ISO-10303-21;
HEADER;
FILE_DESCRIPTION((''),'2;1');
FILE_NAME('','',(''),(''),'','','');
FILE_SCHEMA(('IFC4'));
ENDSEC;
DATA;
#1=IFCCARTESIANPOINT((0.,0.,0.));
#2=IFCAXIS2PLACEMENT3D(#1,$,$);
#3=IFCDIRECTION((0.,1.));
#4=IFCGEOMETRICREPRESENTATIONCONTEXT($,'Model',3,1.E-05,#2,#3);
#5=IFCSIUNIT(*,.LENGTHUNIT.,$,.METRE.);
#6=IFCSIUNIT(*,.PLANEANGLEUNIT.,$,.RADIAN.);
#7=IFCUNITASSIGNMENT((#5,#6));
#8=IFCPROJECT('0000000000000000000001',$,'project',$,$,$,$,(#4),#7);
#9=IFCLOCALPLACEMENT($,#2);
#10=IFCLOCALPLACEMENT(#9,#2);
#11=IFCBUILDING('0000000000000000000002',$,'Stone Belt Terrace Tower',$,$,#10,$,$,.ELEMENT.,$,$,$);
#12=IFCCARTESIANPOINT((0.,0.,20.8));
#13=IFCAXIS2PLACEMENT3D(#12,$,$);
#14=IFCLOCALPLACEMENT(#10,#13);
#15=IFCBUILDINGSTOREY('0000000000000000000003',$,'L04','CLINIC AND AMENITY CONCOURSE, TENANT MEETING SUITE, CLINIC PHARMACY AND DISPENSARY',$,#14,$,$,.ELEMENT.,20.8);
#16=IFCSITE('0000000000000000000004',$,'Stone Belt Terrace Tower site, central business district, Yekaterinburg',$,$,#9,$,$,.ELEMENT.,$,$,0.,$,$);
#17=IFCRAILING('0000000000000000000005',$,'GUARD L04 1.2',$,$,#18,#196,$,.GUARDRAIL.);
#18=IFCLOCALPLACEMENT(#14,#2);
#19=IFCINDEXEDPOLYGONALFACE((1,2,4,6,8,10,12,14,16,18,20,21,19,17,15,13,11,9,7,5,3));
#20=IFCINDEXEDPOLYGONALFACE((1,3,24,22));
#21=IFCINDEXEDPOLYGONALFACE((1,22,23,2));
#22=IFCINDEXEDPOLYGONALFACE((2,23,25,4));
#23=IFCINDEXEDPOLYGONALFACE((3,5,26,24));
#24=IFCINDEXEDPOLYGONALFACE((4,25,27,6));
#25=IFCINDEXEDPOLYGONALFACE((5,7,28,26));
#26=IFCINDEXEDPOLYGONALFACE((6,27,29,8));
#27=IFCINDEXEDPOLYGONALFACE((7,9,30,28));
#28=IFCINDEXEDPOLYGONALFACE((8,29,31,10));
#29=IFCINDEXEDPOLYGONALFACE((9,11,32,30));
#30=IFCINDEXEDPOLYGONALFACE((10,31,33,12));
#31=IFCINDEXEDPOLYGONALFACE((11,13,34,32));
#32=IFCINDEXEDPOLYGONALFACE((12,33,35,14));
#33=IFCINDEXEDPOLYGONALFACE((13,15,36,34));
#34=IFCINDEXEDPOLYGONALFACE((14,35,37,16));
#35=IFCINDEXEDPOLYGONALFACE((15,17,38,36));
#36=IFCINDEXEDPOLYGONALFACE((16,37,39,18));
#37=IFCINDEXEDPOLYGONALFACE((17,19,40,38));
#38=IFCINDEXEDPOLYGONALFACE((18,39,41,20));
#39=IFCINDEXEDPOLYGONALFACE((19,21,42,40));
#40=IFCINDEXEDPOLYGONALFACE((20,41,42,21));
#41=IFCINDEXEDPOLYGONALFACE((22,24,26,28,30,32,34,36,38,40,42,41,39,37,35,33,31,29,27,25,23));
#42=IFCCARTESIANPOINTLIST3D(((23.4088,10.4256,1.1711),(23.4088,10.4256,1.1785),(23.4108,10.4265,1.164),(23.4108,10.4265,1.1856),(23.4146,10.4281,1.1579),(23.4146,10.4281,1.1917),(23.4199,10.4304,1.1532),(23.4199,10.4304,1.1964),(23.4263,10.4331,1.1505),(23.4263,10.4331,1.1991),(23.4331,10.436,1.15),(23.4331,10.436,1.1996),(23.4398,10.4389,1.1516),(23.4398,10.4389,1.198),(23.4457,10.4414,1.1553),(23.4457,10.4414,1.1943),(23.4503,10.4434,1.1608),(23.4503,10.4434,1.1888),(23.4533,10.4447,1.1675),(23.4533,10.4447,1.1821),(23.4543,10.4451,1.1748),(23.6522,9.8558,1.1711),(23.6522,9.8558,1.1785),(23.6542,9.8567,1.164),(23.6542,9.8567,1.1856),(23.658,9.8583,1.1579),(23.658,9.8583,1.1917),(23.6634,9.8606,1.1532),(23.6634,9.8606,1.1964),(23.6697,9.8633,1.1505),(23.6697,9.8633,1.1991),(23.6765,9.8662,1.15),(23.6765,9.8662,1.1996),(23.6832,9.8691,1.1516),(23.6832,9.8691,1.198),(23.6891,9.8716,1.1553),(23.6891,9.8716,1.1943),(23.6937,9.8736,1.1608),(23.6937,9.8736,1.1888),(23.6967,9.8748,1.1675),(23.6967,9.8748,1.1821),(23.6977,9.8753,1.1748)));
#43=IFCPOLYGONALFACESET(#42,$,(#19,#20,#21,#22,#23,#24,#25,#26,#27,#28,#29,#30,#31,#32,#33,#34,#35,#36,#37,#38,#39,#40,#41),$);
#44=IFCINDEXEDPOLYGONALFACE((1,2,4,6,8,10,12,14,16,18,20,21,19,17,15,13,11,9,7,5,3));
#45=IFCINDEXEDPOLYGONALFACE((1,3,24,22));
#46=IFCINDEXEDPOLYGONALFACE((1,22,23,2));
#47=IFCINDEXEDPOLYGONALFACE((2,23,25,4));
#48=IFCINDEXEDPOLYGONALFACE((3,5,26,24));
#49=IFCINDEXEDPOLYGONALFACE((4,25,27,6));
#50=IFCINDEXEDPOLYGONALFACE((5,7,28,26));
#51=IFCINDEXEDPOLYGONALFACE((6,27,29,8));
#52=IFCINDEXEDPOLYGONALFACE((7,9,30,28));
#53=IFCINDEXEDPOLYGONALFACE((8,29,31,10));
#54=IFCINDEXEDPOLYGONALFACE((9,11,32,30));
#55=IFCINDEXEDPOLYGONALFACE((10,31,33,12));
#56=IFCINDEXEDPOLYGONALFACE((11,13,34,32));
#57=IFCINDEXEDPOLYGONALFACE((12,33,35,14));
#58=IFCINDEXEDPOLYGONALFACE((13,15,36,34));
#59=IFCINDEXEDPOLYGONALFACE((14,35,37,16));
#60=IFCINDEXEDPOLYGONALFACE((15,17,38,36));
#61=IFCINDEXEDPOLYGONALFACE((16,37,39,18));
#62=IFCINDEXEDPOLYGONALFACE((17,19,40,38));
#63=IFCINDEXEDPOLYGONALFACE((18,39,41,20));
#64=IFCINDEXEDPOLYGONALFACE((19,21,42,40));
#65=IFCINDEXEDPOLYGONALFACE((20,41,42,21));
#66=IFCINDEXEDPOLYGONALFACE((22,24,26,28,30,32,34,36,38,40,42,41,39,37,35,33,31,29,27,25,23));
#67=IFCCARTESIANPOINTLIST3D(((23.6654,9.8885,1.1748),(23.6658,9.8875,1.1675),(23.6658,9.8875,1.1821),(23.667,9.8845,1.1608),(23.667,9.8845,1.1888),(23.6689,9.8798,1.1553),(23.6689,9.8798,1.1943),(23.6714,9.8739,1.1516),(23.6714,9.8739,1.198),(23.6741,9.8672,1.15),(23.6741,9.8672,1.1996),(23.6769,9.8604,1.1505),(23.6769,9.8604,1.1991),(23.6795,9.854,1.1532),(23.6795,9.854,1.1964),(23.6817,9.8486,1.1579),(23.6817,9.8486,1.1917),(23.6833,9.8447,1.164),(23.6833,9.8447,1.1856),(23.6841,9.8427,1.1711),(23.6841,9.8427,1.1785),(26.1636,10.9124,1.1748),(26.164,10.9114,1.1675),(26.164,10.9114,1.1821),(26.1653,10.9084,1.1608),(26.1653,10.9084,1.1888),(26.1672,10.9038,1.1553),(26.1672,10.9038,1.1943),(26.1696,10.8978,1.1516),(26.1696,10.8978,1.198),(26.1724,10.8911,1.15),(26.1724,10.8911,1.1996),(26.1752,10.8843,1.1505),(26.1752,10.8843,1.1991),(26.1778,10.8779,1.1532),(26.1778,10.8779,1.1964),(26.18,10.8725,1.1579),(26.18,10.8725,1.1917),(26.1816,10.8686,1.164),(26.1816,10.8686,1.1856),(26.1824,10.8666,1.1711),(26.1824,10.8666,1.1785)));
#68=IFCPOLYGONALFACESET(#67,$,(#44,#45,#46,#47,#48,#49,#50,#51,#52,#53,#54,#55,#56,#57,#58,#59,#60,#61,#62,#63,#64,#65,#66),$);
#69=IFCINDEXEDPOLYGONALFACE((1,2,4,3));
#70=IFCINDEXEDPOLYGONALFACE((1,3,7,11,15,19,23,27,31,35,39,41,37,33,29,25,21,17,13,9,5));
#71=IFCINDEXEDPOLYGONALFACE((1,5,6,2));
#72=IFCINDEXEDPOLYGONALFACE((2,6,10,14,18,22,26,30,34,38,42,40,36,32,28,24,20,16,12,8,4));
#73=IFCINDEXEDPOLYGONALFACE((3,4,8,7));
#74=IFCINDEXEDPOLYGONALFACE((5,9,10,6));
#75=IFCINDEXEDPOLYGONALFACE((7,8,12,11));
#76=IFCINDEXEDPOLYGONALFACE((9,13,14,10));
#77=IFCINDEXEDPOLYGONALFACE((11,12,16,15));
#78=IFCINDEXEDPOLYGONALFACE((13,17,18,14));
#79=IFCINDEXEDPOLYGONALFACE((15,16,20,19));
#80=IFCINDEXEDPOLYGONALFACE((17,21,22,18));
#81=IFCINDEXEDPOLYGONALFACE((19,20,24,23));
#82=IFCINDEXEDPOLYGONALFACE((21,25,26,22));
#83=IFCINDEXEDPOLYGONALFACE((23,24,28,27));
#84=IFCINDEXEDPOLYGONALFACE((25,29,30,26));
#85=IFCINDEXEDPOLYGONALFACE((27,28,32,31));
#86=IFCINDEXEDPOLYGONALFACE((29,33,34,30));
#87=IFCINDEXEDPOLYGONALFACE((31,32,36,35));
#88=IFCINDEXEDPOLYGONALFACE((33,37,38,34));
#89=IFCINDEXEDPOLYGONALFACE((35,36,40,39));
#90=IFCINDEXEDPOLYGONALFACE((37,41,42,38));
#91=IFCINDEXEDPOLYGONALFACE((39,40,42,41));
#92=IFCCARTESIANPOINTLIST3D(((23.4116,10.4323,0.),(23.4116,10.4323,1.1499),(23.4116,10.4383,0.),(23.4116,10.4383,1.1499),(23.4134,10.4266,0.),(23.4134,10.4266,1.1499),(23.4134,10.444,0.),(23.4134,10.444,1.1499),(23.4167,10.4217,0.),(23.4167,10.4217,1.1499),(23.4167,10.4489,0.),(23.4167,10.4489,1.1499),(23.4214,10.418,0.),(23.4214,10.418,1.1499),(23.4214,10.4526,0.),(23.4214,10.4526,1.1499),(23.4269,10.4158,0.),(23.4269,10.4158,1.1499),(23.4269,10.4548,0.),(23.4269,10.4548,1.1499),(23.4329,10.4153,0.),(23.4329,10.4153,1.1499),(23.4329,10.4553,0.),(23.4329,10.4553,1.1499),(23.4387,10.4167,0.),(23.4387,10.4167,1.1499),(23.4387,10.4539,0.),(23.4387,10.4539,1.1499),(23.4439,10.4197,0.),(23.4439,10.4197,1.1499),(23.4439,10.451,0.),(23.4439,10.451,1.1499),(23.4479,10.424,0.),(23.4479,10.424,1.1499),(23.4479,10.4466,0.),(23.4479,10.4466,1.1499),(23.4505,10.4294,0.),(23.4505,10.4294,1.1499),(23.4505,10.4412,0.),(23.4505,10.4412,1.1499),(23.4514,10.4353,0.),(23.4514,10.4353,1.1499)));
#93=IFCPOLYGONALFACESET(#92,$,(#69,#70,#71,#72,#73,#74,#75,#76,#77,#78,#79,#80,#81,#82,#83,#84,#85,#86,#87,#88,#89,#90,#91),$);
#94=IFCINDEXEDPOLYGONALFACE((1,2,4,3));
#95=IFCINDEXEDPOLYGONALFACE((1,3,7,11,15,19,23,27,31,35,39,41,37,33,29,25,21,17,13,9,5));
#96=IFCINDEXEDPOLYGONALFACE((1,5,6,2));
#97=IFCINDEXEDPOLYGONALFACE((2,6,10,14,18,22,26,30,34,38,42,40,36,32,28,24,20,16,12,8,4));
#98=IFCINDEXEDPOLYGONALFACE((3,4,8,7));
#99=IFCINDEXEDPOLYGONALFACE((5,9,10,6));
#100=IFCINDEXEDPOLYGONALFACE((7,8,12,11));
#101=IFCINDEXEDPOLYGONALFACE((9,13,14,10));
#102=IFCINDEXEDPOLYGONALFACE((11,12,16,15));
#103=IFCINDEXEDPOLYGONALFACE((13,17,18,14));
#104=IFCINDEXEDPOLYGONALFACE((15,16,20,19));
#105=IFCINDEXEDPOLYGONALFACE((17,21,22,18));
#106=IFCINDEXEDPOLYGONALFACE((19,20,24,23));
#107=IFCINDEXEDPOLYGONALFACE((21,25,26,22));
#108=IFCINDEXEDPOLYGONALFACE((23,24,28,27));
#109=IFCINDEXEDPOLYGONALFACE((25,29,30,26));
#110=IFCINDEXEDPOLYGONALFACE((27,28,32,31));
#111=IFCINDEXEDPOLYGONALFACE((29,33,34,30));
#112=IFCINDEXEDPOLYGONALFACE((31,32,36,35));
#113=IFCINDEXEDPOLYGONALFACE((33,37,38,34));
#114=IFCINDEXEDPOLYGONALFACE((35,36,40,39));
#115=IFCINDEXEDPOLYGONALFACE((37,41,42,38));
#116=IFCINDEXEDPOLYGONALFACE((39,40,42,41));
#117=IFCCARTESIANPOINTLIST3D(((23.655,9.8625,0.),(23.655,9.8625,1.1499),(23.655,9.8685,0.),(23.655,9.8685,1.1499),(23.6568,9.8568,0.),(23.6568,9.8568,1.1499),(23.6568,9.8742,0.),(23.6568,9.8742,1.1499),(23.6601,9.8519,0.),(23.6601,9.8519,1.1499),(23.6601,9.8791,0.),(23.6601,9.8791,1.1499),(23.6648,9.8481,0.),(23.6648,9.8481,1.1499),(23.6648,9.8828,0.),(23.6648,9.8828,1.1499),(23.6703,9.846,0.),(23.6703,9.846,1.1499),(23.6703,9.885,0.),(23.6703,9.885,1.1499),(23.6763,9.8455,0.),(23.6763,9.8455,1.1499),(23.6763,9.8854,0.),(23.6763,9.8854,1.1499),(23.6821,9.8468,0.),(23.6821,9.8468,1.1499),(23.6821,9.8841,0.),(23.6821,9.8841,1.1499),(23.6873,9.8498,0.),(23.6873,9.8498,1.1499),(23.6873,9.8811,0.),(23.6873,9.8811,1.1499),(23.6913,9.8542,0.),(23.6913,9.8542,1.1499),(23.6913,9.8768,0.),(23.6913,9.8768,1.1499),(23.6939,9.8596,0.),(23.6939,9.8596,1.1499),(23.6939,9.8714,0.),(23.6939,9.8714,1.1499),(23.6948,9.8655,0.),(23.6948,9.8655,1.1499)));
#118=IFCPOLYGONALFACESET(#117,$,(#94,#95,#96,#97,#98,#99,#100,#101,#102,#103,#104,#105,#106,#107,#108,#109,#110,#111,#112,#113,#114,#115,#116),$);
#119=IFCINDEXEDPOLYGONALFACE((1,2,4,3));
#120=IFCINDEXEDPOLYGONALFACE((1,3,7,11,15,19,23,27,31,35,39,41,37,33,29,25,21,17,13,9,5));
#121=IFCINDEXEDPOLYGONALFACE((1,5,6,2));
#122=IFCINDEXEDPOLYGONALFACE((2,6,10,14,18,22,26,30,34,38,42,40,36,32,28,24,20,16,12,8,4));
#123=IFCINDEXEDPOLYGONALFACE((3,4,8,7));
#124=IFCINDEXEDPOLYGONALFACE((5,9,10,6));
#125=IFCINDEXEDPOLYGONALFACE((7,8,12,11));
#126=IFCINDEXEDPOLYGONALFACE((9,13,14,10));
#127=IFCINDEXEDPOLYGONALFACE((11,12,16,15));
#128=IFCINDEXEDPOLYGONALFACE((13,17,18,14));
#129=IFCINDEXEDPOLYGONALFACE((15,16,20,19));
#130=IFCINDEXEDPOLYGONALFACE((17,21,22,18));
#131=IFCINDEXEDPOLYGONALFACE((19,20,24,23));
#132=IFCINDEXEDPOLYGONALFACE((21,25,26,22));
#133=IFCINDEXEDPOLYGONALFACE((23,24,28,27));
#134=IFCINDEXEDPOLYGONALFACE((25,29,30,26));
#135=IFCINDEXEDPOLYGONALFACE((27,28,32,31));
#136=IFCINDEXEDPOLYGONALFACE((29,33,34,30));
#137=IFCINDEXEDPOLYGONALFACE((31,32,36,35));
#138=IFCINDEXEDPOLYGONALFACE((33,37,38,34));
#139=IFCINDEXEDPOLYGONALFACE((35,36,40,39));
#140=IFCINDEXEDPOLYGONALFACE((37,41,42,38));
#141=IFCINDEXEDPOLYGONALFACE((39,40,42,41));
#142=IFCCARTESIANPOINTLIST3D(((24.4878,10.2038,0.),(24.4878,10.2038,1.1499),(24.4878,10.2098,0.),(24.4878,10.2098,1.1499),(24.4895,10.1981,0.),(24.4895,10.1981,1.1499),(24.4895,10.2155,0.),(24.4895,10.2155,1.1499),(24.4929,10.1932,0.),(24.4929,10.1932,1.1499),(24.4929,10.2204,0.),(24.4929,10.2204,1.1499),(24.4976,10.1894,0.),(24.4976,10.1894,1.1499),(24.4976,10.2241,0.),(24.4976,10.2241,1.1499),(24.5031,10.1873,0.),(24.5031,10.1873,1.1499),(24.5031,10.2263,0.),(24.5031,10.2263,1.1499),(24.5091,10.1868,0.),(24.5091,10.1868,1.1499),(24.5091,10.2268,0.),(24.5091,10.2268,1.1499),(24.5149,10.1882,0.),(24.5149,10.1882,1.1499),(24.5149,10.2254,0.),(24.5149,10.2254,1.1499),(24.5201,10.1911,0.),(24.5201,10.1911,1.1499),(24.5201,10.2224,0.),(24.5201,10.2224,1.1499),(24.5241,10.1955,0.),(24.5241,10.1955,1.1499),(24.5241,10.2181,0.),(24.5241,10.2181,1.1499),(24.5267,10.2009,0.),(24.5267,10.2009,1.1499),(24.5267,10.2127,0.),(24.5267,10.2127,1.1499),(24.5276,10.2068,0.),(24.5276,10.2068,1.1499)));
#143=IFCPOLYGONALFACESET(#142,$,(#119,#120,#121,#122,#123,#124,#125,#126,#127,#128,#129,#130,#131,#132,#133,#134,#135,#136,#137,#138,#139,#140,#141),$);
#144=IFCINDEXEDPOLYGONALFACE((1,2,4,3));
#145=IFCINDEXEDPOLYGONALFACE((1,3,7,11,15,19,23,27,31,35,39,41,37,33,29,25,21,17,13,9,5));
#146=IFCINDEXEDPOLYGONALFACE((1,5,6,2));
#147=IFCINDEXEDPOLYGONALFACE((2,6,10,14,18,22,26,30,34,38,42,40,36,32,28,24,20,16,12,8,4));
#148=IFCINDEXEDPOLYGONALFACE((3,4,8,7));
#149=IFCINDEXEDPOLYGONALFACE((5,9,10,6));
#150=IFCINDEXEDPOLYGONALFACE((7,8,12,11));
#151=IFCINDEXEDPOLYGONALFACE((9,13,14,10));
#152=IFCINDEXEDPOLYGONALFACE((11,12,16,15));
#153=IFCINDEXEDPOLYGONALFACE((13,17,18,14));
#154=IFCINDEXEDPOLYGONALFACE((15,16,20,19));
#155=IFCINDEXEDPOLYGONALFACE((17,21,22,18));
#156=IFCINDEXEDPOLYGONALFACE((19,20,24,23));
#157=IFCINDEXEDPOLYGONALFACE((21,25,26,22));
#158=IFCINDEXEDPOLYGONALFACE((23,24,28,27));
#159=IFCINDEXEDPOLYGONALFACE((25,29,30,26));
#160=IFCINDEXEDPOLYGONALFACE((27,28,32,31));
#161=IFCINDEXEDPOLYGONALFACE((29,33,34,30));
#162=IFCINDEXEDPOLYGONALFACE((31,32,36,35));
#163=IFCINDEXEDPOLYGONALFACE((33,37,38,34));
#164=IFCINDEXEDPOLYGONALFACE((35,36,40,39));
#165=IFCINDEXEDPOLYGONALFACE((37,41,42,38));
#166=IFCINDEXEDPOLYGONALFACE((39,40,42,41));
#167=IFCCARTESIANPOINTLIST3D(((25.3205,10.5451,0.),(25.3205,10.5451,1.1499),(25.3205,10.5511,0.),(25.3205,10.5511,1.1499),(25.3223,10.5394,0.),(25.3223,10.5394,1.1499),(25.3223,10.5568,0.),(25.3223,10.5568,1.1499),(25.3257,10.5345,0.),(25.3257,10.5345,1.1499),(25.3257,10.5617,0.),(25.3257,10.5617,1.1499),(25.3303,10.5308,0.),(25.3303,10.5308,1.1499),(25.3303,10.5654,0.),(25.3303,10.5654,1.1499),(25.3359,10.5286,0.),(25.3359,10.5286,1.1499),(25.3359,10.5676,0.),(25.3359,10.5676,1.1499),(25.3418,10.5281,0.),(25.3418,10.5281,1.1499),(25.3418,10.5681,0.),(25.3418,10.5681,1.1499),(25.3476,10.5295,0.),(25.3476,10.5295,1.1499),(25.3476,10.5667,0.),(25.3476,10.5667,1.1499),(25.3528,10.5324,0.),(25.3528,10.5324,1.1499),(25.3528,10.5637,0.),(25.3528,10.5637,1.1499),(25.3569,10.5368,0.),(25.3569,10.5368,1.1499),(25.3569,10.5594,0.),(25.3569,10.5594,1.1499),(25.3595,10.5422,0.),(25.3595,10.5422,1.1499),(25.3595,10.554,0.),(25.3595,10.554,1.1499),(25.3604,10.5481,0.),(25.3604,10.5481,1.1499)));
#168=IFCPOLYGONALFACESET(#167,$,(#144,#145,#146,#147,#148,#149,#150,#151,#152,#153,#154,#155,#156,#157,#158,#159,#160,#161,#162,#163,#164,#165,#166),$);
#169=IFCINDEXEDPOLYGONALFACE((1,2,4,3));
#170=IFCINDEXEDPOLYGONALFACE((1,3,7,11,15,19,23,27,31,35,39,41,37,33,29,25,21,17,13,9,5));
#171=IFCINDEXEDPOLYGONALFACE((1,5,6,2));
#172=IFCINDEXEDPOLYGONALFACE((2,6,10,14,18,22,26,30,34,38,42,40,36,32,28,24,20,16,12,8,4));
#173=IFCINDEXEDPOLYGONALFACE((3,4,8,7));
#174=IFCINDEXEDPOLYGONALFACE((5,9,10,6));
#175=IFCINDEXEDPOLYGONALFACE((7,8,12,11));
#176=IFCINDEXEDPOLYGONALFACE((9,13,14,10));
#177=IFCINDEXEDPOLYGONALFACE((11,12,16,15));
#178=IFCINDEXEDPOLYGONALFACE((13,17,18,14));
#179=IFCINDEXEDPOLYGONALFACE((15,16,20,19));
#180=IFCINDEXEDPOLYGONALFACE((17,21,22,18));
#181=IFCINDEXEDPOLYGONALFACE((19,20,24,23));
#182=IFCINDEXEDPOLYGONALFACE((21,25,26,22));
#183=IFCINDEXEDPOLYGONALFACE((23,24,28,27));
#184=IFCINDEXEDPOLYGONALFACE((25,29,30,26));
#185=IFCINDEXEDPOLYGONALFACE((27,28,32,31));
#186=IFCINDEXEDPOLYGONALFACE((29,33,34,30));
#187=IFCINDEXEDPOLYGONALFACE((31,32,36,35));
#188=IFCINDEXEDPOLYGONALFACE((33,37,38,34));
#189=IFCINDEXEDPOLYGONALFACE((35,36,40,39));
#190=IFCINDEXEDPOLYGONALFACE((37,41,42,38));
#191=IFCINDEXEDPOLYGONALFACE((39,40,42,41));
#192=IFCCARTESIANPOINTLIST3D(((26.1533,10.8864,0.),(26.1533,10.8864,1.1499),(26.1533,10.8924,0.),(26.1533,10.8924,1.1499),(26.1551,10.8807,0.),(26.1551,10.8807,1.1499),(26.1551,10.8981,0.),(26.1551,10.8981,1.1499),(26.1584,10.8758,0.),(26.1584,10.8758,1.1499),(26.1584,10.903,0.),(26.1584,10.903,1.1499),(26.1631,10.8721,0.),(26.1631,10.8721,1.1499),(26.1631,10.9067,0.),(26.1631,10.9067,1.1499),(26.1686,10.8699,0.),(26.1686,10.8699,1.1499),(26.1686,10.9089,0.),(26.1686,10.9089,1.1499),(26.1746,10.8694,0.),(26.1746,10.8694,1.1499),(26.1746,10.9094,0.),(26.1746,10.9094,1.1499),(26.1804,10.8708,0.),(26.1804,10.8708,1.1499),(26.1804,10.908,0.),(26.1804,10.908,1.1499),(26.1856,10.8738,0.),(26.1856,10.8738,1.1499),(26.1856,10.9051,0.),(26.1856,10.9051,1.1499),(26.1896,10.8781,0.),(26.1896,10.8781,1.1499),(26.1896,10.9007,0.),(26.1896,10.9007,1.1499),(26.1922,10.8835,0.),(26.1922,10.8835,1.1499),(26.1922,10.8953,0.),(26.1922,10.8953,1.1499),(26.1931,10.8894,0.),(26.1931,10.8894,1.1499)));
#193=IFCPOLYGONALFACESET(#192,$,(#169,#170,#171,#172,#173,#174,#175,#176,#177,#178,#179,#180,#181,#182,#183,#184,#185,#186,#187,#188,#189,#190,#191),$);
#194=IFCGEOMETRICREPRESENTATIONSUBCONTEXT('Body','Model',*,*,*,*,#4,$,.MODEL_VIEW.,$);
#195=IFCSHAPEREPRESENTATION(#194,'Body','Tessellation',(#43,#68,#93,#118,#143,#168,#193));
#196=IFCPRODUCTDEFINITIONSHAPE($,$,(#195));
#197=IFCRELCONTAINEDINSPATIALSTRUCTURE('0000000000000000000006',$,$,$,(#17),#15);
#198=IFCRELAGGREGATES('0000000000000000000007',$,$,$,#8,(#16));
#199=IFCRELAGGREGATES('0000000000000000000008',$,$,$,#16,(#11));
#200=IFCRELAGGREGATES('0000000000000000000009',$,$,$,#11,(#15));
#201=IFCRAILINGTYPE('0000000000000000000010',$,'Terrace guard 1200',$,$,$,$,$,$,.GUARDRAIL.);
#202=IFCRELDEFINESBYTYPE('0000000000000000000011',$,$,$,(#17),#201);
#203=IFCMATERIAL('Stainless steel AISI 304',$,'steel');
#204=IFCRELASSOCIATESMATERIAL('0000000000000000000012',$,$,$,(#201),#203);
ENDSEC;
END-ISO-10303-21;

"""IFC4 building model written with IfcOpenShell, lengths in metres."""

from ifc_helpers import new_model, si_unit, direction, frame, origin, origin_2d, place, context, subcontext, project, spatial, circle, extrude, material, type_object, element, save


model = new_model("IFC4")

# Units and contexts
model_context = context("Model", 3, precision=1e-05, world=origin(), true_north=direction((0.0, 1.0)))
body_context = subcontext(model_context, "Body", "Model", "MODEL_VIEW")
ifc_project = project(units=[si_unit("LENGTHUNIT", "METRE"), si_unit("PLANEANGLEUNIT", "RADIAN")], contexts=[model_context])

# Site, building, storey
site_placement = place(None, origin())
site = spatial("IfcSite", under=ifc_project, at=site_placement, Name="Stone Belt Terrace Tower site, central business district, Yekaterinburg", CompositionType="ELEMENT", RefElevation=0.0)
building_placement = place(site_placement, origin())
building = spatial("IfcBuilding", under=site, at=building_placement, Name="Stone Belt Terrace Tower", CompositionType="ELEMENT")
storey_placement = place(building_placement, frame((0.0, 0.0, 20.8)))
storey = spatial("IfcBuildingStorey", under=building, at=storey_placement, Name="L04", Description="CLINIC AND AMENITY CONCOURSE, TENANT MEETING SUITE, CLINIC PHARMACY AND DISPENSARY", CompositionType="ELEMENT", Elevation=20.8)

# Railing
ifc_material_1 = material(Name="Stainless steel AISI 304", Category="steel")
railing_type = type_object("IfcRailingType", Name="Terrace guard 1200", PredefinedType="GUARDRAIL", material=ifc_material_1)
railing_placement = place(storey_placement, frame((23.4314, 10.4353, 0.0)))
element("IfcRailing", 1, at=railing_placement, inside=storey, type_object=railing_type, Name="GUARD L04 1.2", PredefinedType="GUARDRAIL", context=body_context, shape_type="SweptSolid", body=[
    extrude(circle(Radius=0.0249, at=origin_2d()), frame((0.0, 0.0, 1.1748), z_axis=(0.392825, -0.919613, 0.0), x_axis=(0.919613, 0.392825, 0.0)), (0.0, 0.0, 1.0), 0.6196),
    extrude(circle(Radius=0.0249, at=origin_2d()), frame((0.2434, -0.5698, 1.1748), z_axis=(0.9253, 0.379235, 0.0), x_axis=(-0.379235, 0.9253, 0.0)), (0.0, 0.0, 1.0), 2.7),
    extrude(circle(Radius=0.02, at=origin_2d()), origin(), (0.0, 0.0, 1.0), 1.1499),
    extrude(circle(Radius=0.02, at=origin_2d()), frame((0.2434, -0.5698, 0.0)), (0.0, 0.0, 1.0), 1.1499),
    extrude(circle(Radius=0.02, at=origin_2d()), frame((1.0762, -0.2285, 0.0)), (0.0, 0.0, 1.0), 1.1499),
    extrude(circle(Radius=0.02, at=origin_2d()), frame((1.9089, 0.1128, 0.0)), (0.0, 0.0, 1.0), 1.1499),
    extrude(circle(Radius=0.02, at=origin_2d()), frame((2.7417, 0.4541, 0.0)), (0.0, 0.0, 1.0), 1.1499),
])

save(model, "model.ifc")
